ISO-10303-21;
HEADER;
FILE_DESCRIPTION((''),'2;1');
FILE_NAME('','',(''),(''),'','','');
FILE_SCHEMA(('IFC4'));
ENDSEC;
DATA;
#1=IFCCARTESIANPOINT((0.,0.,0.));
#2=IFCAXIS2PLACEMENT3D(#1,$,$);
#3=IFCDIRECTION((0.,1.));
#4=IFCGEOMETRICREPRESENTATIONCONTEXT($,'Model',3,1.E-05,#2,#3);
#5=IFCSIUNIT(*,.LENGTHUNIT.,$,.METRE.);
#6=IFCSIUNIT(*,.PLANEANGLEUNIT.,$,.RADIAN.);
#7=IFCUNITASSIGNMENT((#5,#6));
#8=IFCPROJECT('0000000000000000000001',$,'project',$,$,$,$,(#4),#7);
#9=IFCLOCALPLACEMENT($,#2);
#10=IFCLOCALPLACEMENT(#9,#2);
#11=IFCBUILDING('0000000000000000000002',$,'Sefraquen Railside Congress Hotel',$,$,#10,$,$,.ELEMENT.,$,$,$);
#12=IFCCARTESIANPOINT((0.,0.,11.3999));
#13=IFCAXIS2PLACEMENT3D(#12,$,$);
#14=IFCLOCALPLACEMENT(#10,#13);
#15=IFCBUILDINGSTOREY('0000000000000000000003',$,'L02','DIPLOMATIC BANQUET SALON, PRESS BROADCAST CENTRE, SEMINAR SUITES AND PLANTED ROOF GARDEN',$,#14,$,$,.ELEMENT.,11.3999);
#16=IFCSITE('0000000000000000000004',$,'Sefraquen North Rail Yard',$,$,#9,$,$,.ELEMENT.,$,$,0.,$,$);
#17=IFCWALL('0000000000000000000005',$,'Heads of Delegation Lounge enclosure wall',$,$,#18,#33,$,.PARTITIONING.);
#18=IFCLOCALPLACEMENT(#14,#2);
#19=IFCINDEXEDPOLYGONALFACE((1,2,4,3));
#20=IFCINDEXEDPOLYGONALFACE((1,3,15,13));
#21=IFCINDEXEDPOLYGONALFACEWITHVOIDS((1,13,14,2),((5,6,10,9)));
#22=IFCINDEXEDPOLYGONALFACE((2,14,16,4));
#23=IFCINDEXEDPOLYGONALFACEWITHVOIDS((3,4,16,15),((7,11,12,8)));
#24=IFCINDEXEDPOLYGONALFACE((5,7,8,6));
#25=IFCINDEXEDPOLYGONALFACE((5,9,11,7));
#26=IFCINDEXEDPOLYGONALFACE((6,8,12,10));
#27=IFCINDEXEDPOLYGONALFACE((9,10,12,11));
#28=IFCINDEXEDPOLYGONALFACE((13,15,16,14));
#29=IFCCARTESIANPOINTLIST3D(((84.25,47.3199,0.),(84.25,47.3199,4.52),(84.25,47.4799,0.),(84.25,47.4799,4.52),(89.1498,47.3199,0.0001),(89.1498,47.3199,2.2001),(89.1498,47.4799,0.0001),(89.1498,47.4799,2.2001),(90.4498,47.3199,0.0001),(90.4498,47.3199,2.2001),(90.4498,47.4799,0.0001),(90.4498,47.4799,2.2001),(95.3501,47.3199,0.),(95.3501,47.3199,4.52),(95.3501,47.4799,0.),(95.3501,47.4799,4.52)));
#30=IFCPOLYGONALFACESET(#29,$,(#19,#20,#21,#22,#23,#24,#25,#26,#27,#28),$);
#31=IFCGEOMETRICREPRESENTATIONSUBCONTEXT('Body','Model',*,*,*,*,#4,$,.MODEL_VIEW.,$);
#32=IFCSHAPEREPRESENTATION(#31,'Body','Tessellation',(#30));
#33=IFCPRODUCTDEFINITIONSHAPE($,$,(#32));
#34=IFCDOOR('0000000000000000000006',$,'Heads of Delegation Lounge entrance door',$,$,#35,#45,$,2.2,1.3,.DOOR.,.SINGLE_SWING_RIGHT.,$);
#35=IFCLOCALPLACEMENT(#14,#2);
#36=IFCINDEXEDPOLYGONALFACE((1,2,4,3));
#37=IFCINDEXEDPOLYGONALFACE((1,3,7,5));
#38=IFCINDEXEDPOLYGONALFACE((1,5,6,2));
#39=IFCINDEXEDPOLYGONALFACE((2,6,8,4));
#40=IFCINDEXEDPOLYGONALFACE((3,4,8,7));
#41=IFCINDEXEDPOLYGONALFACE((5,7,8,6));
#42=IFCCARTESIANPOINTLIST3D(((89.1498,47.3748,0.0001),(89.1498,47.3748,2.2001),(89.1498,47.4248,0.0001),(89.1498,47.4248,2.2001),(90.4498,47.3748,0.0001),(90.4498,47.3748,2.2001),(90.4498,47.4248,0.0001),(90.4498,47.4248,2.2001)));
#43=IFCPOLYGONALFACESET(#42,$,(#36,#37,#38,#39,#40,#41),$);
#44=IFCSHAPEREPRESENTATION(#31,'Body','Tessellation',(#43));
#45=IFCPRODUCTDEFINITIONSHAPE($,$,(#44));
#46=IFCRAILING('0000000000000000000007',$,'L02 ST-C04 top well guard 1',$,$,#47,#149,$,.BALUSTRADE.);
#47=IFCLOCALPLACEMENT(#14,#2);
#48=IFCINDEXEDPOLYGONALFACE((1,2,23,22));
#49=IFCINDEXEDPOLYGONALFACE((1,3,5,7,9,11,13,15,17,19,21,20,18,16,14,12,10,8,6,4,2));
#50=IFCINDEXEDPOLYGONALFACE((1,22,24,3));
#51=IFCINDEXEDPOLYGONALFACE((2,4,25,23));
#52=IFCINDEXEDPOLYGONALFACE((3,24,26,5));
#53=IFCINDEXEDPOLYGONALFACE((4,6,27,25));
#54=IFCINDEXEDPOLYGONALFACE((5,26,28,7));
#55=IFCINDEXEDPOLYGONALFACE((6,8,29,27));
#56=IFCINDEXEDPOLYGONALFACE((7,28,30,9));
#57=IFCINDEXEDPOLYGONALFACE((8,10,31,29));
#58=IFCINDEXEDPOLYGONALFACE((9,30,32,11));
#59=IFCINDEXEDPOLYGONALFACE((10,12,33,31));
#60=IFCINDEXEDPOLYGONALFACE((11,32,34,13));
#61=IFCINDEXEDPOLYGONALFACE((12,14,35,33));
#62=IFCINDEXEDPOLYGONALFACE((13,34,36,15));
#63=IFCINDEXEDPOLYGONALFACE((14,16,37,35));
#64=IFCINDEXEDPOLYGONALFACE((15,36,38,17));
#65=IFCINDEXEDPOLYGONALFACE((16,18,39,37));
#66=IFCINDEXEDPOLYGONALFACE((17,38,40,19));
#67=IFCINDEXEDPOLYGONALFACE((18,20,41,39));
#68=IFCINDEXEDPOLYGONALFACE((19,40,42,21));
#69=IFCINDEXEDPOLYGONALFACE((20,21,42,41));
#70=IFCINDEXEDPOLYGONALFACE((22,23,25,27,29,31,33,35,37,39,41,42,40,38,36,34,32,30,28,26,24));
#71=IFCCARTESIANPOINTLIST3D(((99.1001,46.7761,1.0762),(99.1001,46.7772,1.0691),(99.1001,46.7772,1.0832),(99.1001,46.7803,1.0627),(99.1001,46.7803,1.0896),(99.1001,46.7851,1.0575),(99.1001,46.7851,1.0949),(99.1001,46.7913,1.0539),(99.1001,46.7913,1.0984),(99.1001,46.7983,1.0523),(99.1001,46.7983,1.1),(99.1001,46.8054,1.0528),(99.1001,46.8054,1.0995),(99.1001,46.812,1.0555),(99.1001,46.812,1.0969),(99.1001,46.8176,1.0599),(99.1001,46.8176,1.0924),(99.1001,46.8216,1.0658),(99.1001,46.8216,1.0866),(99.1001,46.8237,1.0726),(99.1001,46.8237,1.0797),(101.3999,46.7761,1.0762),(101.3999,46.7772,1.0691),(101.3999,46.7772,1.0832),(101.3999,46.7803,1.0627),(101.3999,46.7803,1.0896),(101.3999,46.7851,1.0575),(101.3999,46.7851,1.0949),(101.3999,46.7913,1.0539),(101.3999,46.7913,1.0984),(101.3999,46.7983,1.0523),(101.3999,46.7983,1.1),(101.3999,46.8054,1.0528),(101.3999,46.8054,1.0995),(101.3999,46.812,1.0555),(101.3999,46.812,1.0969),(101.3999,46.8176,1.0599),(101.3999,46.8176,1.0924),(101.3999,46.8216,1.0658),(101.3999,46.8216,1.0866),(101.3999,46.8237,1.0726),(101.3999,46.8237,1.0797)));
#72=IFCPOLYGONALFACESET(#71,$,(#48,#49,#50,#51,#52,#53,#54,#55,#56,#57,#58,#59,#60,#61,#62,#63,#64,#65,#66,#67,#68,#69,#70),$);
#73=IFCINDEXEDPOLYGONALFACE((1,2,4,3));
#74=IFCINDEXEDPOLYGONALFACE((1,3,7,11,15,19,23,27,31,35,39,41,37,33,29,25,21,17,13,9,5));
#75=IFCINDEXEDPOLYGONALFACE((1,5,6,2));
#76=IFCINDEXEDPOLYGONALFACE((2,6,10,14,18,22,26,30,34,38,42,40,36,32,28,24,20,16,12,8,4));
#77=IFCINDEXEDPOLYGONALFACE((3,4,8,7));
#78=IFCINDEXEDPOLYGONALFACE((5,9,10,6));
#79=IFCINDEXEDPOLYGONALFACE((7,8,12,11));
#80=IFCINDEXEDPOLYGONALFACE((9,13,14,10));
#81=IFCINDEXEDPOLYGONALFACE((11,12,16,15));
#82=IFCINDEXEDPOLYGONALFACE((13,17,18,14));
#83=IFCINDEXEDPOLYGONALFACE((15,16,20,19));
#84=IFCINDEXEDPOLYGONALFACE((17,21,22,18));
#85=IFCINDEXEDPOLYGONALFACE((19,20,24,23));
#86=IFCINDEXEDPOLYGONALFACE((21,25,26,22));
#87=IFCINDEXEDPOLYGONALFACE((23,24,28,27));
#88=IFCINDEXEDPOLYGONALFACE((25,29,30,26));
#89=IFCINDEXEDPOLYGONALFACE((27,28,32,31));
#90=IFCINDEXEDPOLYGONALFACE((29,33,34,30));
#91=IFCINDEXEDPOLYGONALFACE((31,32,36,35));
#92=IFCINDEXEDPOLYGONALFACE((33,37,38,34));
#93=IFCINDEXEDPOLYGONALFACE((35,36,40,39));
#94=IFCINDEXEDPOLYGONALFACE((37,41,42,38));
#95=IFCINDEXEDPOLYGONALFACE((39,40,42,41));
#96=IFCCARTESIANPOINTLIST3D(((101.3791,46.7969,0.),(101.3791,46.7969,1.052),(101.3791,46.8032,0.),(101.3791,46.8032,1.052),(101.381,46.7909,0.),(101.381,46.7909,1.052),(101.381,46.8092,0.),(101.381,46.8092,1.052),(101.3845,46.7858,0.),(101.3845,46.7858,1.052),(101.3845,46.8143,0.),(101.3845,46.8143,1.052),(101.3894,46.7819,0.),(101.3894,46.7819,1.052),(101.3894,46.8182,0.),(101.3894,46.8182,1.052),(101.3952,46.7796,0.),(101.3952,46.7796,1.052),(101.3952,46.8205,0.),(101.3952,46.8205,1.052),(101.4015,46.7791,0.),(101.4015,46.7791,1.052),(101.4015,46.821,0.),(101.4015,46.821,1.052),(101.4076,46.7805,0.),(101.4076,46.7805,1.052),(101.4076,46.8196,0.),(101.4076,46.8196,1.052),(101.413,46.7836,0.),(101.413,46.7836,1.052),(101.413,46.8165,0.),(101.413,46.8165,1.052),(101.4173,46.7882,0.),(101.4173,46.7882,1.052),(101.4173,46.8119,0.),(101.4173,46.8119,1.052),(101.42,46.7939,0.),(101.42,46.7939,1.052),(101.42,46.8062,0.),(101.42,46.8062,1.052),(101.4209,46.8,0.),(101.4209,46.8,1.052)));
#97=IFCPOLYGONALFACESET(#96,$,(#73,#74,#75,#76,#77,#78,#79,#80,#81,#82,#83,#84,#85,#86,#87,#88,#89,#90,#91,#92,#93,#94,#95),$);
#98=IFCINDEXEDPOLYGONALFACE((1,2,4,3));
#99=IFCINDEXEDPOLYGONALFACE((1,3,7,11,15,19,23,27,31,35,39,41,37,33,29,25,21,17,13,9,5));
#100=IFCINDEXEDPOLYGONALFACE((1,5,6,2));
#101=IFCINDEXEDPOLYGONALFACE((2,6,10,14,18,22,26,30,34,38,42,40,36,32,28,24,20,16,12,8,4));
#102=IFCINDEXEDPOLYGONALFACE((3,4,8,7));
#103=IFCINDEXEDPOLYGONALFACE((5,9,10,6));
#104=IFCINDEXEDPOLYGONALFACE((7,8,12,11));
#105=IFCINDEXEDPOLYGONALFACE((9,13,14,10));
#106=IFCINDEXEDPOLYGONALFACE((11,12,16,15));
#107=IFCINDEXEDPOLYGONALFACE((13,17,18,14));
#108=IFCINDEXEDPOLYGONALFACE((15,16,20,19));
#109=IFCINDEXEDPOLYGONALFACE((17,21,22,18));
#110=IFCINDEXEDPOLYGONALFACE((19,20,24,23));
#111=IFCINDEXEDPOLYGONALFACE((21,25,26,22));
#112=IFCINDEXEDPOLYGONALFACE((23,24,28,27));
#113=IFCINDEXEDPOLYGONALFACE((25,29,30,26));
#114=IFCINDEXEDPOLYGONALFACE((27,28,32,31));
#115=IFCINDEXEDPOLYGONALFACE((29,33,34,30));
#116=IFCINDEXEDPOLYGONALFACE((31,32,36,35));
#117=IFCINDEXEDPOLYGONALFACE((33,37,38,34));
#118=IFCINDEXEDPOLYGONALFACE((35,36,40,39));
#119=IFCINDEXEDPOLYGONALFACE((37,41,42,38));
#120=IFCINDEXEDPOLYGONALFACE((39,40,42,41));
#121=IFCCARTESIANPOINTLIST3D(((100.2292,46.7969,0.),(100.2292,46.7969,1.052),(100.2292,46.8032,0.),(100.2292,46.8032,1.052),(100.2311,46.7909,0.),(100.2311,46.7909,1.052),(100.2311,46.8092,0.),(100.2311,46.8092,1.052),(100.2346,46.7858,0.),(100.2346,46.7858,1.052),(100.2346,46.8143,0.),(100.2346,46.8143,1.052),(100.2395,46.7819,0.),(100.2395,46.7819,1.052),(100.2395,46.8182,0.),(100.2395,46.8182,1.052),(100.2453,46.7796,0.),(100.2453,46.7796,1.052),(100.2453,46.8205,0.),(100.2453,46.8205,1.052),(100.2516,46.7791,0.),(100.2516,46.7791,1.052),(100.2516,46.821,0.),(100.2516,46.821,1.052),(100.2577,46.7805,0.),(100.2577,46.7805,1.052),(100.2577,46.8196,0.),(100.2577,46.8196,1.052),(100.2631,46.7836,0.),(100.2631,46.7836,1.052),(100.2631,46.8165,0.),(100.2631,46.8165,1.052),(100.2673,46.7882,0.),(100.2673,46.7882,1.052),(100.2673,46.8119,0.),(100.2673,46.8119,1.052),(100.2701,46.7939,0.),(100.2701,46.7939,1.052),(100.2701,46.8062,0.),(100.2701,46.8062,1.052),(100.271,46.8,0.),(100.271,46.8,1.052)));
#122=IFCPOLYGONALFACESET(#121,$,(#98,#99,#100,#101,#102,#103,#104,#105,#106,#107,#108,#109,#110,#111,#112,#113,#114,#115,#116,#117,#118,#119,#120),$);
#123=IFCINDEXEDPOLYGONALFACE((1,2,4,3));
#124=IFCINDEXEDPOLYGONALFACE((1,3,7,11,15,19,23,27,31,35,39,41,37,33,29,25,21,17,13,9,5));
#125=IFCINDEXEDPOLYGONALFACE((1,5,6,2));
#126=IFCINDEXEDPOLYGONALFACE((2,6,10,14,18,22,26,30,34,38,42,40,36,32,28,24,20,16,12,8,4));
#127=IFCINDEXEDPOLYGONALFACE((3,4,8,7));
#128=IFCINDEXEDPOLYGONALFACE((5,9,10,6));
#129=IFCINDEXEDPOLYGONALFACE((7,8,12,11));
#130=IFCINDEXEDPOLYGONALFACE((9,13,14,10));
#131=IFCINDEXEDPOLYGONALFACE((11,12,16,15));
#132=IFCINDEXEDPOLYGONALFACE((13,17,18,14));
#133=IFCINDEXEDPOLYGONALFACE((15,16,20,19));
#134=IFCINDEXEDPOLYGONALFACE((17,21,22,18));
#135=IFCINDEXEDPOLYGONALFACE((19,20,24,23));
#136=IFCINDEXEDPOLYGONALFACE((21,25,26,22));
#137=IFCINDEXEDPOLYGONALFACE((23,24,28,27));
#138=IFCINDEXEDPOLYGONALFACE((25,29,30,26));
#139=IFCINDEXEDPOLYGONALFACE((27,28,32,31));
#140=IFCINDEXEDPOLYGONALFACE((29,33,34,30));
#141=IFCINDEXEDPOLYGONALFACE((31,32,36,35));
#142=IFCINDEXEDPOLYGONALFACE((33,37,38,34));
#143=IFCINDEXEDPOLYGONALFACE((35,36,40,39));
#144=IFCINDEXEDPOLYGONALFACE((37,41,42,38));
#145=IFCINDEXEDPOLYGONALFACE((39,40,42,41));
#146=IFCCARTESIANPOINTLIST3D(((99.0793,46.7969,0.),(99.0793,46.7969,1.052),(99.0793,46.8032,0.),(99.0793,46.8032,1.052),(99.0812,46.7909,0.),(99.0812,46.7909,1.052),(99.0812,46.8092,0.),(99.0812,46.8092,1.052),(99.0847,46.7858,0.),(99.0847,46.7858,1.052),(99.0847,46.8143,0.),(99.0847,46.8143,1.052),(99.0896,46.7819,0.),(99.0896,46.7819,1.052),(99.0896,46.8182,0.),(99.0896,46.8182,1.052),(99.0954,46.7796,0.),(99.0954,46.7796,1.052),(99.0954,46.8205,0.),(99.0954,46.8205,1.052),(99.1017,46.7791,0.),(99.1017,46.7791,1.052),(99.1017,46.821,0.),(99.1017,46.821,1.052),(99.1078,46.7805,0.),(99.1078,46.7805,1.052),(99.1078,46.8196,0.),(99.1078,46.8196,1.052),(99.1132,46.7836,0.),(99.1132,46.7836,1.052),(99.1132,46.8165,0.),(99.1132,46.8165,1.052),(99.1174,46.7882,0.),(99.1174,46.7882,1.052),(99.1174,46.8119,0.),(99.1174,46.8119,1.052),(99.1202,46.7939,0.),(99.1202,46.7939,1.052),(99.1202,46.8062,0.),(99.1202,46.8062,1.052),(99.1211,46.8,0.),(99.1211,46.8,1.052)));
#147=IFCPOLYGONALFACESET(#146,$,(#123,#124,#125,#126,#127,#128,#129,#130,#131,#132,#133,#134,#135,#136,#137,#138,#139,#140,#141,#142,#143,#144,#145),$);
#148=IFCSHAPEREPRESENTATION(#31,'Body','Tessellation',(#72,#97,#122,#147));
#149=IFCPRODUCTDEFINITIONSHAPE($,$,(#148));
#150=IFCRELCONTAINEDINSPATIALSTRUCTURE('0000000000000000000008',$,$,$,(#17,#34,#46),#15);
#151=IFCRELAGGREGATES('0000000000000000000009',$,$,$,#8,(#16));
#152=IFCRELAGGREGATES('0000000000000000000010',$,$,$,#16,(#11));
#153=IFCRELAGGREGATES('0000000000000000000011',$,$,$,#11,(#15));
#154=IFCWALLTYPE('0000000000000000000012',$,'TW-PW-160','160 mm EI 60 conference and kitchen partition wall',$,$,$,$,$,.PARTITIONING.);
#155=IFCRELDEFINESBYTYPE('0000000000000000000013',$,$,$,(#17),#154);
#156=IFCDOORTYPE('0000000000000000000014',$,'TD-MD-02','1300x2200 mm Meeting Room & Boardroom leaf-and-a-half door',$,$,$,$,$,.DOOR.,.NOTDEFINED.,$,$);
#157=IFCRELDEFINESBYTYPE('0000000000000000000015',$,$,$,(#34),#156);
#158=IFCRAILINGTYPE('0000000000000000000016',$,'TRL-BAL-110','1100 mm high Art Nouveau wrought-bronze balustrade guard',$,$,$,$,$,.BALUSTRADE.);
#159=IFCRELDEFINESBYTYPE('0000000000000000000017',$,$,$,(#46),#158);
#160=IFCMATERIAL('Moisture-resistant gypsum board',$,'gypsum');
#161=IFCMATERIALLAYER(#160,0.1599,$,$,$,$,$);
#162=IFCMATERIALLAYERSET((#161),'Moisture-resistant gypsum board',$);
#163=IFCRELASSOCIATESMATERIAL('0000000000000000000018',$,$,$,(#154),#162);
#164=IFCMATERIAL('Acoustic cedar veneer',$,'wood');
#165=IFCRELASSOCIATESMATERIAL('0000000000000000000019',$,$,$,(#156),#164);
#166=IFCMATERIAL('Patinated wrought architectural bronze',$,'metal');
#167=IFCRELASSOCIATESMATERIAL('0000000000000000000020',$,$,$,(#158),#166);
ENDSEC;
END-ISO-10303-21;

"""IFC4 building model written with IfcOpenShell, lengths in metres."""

from ifc_helpers import new_model, si_unit, direction, frame, frame_2d, origin, origin_2d, place, context, subcontext, project, spatial, rectangle, circle, extrude, material, layer, layer_set, type_object, element, fill, save


model = new_model("IFC4")

# Units and contexts
model_context = context("Model", 3, precision=1e-05, world=origin(), true_north=direction((0.0, 1.0)))
body_context = subcontext(model_context, "Body", "Model", "MODEL_VIEW")
ifc_project = project(units=[si_unit("LENGTHUNIT", "METRE"), si_unit("PLANEANGLEUNIT", "RADIAN")], contexts=[model_context])

# Site, building, storey
site_placement = place(None, origin())
site = spatial("IfcSite", under=ifc_project, at=site_placement, Name="Sefraquen North Rail Yard", CompositionType="ELEMENT", RefElevation=0.0)
building_placement = place(site_placement, origin())
building = spatial("IfcBuilding", under=site, at=building_placement, Name="Sefraquen Railside Congress Hotel", CompositionType="ELEMENT")
storey_placement = place(building_placement, frame((0.0, 0.0, 11.3999)))
storey = spatial("IfcBuildingStorey", under=building, at=storey_placement, Name="L02", Description="DIPLOMATIC BANQUET SALON, PRESS BROADCAST CENTRE, SEMINAR SUITES AND PLANTED ROOF GARDEN", CompositionType="ELEMENT", Elevation=11.3999)

# Wall, opening, door
ifc_material_1 = material(Name="Moisture-resistant gypsum board", Category="gypsum")
ifc_layer_1 = layer(ifc_material_1, 0.1599)
ifc_layer_set_1 = layer_set([ifc_layer_1], Name="Moisture-resistant gypsum board")
wall_type_1 = type_object("IfcWallType", Name="TW-PW-160", Description="160 mm EI 60 conference and kitchen partition wall", PredefinedType="PARTITIONING", material=ifc_layer_set_1)
wall_1_placement = place(storey_placement, frame((84.25, 47.3999, 0.0), z_axis=(0.0, 0.0, 1.0), x_axis=(1.0, 0.0, 0.0)))
wall_1 = element("IfcWall", 1, at=wall_1_placement, inside=storey, type_object=wall_type_1, Name="Heads of Delegation Lounge enclosure wall", PredefinedType="PARTITIONING", context=body_context, shape_type="SweptSolid", body=[
    extrude(rectangle(XDim=11.1001, YDim=0.1599, at=frame_2d((5.55, 0.0))), origin(), (0.0, 0.0, 1.0), 4.52),
])
opening_1_placement = place(wall_1_placement, frame((4.8999, 0.0, 0.0)))
opening_1 = element("IfcOpeningElement", 2, at=opening_1_placement, cuts=wall_1, PredefinedType="OPENING", context=body_context, shape_type="SweptSolid", body=[
    extrude(rectangle(XDim=1.3, YDim=2.2, at=frame_2d((0.6499, 1.1001))), frame((0.0, 0.0898, 0.0), z_axis=(0.0, -1.0, 0.0), x_axis=(1.0, 0.0, 0.0)), (0.0, 0.0, 1.0), 0.1799),
])
ifc_material_2 = material(Name="Acoustic cedar veneer", Category="wood")
door_type = type_object("IfcDoorType", Name="TD-MD-02", Description="1300x2200 mm Meeting Room & Boardroom leaf-and-a-half door", OperationType="NOTDEFINED", PredefinedType="DOOR", material=ifc_material_2)
door_placement = place(opening_1_placement, origin())
door = element("IfcDoor", 3, at=door_placement, inside=storey, type_object=door_type, Name="Heads of Delegation Lounge entrance door", OperationType="SINGLE_SWING_RIGHT", OverallHeight=2.2, OverallWidth=1.3, PredefinedType="DOOR", context=body_context, shape_type="SweptSolid", body=[
    extrude(rectangle(XDim=1.3, YDim=2.2, at=frame_2d((0.6499, 1.1001))), frame((0.0, 0.0249, 0.0), z_axis=(0.0, -1.0, 0.0), x_axis=(1.0, 0.0, 0.0)), (0.0, 0.0, 1.0), 0.05),
])
fill(opening_1, door)

# Railing
ifc_material_3 = material(Name="Patinated wrought architectural bronze", Category="metal")
railing_type = type_object("IfcRailingType", Name="TRL-BAL-110", Description="1100 mm high Art Nouveau wrought-bronze balustrade guard", PredefinedType="BALUSTRADE", material=ifc_material_3)
railing_placement = place(storey_placement, frame((101.3999, 46.8, 0.0)))
element("IfcRailing", 4, at=railing_placement, inside=storey, type_object=railing_type, Name="L02 ST-C04 top well guard 1", PredefinedType="BALUSTRADE", context=body_context, shape_type="SweptSolid", body=[
    extrude(circle(Radius=0.0239, at=origin_2d()), frame((0.0, 0.0, 1.0762), z_axis=(-1.0, 0.0, 0.0), x_axis=(0.0, -1.0, 0.0)), (0.0, 0.0, 1.0), 2.2998),
    extrude(circle(Radius=0.021, at=origin_2d()), origin(), (0.0, 0.0, 1.0), 1.052),
    extrude(circle(Radius=0.021, at=origin_2d()), frame((-1.1499, 0.0, 0.0)), (0.0, 0.0, 1.0), 1.052),
    extrude(circle(Radius=0.021, at=origin_2d()), frame((-2.2998, 0.0, 0.0)), (0.0, 0.0, 1.0), 1.052),
])

save(model, "model.ifc")
